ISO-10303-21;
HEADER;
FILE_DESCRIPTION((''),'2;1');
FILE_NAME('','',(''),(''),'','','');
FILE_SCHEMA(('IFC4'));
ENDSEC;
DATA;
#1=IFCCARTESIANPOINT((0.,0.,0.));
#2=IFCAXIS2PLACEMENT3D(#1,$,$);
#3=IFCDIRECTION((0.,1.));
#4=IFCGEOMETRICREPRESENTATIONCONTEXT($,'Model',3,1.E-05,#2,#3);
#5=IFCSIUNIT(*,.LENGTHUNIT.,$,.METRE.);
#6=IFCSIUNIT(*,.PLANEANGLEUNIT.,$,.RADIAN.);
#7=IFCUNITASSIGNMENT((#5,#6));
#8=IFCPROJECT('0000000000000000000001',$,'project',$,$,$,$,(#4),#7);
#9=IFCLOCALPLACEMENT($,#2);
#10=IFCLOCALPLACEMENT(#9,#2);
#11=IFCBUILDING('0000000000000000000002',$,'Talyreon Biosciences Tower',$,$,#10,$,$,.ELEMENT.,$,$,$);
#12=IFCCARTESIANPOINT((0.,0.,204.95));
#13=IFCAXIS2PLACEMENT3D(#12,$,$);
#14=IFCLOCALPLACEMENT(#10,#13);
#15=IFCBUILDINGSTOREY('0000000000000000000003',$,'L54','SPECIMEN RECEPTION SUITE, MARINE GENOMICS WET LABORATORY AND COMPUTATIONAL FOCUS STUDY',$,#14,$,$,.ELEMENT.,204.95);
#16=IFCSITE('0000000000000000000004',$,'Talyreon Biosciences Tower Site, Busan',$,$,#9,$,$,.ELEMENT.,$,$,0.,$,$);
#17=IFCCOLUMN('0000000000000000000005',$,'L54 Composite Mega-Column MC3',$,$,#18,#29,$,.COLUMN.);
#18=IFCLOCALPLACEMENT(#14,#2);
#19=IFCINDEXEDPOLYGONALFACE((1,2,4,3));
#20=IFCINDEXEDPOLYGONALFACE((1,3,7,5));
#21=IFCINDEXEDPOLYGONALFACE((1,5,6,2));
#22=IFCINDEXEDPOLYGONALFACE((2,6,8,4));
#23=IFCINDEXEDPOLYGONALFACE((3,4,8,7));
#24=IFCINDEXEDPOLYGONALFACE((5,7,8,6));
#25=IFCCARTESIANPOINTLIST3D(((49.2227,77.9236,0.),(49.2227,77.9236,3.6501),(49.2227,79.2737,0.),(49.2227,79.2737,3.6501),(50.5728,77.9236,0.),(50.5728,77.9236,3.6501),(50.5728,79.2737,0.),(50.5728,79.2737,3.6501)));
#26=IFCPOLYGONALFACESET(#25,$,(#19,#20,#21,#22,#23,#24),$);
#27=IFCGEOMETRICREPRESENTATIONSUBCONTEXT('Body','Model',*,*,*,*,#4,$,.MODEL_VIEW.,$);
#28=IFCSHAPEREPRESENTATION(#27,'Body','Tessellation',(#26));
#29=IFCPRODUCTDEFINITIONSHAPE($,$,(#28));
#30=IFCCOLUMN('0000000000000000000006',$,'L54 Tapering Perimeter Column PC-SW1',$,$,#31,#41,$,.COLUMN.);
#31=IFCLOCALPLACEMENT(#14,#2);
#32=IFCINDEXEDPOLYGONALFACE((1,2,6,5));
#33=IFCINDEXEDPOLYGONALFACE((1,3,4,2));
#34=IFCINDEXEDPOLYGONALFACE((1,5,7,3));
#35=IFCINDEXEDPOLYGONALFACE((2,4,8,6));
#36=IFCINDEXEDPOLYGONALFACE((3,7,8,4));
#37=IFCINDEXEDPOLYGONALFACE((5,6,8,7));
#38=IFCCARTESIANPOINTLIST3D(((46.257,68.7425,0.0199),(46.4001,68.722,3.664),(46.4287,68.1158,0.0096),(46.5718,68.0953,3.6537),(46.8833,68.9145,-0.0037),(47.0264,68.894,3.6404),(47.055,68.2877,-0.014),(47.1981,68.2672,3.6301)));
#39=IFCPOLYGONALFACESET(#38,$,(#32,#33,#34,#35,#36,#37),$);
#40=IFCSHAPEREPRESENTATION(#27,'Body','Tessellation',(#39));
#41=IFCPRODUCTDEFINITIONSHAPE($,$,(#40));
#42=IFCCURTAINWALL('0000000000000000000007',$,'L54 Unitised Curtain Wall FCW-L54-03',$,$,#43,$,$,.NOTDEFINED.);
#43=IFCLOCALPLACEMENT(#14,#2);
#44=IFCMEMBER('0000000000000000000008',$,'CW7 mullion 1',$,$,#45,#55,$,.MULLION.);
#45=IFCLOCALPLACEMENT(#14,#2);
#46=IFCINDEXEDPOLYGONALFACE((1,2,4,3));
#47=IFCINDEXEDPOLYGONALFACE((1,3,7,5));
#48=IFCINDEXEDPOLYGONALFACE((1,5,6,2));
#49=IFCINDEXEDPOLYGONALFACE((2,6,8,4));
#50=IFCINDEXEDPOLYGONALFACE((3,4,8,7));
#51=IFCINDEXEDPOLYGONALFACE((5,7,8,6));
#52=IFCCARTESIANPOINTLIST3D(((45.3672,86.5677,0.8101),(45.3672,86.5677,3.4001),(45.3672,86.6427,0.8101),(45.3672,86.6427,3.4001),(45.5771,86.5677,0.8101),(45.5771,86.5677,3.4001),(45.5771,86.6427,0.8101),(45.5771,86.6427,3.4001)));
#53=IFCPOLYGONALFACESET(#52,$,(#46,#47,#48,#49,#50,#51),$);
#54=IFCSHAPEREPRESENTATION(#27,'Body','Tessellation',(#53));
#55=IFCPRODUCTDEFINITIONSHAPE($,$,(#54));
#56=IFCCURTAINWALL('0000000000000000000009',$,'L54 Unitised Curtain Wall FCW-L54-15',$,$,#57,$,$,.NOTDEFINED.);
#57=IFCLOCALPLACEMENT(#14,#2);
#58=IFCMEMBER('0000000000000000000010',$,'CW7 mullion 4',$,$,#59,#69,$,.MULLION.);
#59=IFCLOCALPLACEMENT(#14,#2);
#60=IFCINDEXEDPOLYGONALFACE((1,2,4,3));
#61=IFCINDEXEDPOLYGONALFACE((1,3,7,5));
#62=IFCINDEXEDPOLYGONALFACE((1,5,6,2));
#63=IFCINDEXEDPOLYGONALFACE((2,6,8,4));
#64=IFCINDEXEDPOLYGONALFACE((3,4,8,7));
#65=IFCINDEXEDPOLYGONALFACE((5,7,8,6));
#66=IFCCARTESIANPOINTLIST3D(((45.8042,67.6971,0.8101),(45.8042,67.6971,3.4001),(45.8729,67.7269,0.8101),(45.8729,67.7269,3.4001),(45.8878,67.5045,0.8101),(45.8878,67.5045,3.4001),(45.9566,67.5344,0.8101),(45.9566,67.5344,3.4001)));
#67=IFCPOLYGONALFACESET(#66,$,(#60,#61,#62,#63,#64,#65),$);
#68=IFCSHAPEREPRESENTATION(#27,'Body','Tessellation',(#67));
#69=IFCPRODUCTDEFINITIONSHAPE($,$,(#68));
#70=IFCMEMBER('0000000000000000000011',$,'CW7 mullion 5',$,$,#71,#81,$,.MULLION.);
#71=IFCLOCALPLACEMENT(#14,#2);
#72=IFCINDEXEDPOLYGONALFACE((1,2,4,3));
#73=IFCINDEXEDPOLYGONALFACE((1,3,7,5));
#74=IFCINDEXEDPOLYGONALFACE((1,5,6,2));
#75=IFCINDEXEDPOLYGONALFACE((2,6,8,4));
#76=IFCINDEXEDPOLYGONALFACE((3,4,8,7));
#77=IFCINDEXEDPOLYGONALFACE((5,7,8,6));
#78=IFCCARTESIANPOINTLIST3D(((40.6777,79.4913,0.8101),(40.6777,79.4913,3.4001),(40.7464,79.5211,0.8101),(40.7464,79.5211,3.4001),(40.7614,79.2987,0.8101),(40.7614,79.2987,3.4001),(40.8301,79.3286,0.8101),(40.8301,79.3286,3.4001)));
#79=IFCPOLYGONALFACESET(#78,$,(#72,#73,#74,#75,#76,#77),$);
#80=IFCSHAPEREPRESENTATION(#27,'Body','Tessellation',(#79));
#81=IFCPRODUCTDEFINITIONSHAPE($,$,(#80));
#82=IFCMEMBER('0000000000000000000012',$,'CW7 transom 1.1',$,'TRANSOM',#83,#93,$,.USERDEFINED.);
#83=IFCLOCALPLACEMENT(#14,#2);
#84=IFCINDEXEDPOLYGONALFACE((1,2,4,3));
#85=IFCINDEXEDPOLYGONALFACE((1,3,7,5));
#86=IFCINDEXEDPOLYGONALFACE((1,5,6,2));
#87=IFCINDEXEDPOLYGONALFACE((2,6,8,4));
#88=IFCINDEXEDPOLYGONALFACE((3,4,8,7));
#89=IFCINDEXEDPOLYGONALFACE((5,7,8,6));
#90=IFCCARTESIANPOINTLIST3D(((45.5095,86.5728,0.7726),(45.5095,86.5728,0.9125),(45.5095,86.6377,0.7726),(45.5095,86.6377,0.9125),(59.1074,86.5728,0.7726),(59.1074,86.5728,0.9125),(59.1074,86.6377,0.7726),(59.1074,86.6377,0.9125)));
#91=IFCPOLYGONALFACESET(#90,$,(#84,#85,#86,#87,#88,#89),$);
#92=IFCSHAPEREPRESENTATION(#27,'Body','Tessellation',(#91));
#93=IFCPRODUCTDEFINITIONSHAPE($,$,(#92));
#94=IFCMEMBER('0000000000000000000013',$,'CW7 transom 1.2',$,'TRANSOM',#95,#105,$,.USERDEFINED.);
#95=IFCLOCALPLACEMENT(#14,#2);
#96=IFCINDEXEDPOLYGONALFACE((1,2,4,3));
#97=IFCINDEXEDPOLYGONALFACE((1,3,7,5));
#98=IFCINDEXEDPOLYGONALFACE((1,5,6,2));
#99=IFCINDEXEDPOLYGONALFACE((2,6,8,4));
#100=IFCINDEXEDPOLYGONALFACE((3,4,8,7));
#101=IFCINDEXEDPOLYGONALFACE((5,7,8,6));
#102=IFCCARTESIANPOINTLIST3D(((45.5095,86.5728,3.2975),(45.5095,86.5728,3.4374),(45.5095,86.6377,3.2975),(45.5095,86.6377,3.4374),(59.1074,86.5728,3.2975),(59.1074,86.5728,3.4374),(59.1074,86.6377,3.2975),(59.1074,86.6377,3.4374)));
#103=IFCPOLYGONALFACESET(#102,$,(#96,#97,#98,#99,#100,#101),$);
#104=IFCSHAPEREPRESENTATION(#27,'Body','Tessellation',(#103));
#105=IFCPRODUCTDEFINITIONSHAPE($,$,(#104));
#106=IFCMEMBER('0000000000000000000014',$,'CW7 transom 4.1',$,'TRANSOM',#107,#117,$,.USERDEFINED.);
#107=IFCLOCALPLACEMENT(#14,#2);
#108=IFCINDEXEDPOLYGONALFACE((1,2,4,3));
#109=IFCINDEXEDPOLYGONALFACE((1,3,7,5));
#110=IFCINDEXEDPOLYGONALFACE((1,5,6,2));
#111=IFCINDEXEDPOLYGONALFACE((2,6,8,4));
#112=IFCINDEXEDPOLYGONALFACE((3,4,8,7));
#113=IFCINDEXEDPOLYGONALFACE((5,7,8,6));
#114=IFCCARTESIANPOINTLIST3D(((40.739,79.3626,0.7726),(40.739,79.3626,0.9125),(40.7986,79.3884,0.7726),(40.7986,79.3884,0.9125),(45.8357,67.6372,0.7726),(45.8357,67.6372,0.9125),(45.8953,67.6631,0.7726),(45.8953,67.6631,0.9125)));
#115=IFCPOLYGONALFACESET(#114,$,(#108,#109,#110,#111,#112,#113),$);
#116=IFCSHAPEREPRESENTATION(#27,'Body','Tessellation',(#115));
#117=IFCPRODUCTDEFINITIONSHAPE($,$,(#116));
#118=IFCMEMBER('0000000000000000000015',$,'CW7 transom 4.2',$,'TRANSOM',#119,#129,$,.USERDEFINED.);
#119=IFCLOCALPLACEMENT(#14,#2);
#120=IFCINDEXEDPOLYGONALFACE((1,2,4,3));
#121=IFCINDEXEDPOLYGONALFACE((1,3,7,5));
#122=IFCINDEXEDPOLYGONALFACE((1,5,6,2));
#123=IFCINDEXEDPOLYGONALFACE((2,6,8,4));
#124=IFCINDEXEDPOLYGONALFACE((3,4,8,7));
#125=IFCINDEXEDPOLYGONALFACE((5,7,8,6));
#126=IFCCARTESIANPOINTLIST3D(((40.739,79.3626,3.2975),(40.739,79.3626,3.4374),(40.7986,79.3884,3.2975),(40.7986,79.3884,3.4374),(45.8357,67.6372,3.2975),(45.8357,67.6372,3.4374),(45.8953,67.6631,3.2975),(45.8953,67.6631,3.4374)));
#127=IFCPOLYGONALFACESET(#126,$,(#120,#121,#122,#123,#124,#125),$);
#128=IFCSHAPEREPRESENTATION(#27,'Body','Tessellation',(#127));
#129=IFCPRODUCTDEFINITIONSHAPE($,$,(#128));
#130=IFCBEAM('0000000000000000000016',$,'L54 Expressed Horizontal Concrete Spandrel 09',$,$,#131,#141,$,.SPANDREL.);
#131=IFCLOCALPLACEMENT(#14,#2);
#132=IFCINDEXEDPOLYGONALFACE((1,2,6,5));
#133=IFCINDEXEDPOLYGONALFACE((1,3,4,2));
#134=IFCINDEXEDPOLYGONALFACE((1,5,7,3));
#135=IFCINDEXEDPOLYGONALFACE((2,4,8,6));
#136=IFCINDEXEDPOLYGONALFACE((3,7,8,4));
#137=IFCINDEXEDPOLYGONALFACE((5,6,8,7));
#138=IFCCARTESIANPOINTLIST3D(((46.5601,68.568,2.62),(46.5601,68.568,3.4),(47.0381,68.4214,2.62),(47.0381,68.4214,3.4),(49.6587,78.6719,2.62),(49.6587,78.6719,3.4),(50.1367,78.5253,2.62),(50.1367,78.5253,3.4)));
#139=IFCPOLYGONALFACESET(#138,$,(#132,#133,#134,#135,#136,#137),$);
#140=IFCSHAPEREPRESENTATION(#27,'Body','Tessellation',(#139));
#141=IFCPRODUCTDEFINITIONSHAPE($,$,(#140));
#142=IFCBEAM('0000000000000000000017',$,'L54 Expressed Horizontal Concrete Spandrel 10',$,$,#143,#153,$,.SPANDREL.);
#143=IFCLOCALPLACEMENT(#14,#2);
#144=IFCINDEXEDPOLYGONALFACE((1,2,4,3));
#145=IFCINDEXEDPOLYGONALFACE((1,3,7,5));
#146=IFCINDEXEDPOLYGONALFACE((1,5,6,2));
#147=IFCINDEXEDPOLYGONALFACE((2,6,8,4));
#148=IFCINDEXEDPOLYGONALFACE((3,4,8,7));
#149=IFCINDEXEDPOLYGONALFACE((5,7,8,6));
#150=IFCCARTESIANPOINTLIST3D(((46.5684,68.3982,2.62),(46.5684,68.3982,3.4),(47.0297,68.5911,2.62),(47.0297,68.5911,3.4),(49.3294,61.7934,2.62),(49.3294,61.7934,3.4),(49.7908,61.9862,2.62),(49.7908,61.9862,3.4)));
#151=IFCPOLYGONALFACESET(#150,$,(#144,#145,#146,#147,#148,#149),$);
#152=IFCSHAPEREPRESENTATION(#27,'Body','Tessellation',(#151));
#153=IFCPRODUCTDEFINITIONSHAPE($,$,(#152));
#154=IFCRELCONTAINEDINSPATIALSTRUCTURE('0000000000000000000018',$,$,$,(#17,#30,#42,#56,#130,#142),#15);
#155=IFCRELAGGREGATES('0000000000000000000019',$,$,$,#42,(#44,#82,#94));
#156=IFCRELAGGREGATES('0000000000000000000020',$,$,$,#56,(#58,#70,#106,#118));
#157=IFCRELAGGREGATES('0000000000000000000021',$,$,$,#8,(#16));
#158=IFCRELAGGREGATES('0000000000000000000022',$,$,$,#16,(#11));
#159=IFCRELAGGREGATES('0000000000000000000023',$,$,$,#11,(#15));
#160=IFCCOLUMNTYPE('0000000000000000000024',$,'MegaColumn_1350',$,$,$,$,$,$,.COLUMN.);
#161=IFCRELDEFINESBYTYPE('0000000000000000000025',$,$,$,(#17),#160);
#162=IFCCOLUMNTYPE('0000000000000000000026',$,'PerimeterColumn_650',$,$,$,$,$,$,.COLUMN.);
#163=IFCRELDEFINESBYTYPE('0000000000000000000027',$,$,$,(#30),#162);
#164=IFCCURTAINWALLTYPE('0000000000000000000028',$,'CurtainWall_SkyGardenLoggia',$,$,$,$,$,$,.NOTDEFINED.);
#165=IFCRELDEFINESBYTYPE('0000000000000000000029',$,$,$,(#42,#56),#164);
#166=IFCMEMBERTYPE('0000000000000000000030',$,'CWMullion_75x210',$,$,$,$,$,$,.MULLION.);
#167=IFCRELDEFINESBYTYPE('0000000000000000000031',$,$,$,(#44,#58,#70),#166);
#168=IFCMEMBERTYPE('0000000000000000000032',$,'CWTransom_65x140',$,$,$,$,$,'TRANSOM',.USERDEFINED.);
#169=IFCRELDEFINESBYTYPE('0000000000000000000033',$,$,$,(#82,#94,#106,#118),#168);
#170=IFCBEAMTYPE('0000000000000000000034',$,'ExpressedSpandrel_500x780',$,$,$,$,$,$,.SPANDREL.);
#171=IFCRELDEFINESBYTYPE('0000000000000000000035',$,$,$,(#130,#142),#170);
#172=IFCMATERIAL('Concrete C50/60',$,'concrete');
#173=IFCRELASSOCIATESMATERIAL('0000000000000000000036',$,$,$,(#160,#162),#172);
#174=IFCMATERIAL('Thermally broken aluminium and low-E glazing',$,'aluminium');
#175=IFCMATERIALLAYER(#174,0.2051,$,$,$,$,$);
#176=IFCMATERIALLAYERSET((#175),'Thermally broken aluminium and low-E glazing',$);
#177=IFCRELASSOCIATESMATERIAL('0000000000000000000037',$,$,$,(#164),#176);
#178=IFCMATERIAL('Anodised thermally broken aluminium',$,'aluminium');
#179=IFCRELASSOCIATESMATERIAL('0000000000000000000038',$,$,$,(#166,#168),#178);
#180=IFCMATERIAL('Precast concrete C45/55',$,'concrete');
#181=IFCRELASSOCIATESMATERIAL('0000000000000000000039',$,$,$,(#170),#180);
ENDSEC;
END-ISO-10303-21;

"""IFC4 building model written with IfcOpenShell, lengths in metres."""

from ifc_helpers import new_model, si_unit, direction, frame, origin, origin_2d, place, context, subcontext, project, spatial, rectangle, extrude, material, layer, layer_set, material_profile, profile_set, type_object, element, aggregate, save


model = new_model("IFC4")

# Units and contexts
model_context = context("Model", 3, precision=1e-05, world=origin(), true_north=direction((0.0, 1.0)))
body_context = subcontext(model_context, "Body", "Model", "MODEL_VIEW")
ifc_project = project(units=[si_unit("LENGTHUNIT", "METRE"), si_unit("PLANEANGLEUNIT", "RADIAN")], contexts=[model_context])

# Site, building, storey
site_placement = place(None, origin())
site = spatial("IfcSite", under=ifc_project, at=site_placement, Name="Talyreon Biosciences Tower Site, Busan", CompositionType="ELEMENT", RefElevation=0.0)
building_placement = place(site_placement, origin())
building = spatial("IfcBuilding", under=site, at=building_placement, Name="Talyreon Biosciences Tower", CompositionType="ELEMENT")
storey_placement = place(building_placement, frame((0.0, 0.0, 204.95)))
storey = spatial("IfcBuildingStorey", under=building, at=storey_placement, Name="L54", Description="SPECIMEN RECEPTION SUITE, MARINE GENOMICS WET LABORATORY AND COMPUTATIONAL FOCUS STUDY", CompositionType="ELEMENT", Elevation=204.95)

# Columns
ifc_material_1 = material(Name="Concrete C50/60", Category="concrete")
ifc_material_profile_1 = material_profile(ifc_material_1, rectangle(XDim=1.3501, YDim=1.3501, at=origin_2d()), Name="RC 1350x1350")
ifc_profile_set_1 = profile_set([ifc_material_profile_1], Name="Concrete C50/60")
column_type_1 = type_object("IfcColumnType", Name="MegaColumn_1350", PredefinedType="COLUMN", material=ifc_profile_set_1)
column_1_placement = place(storey_placement, frame((49.8977, 78.5986, 0.0), z_axis=(0.0, 0.0, 1.0), x_axis=(1.0, 0.0, 0.0)))
element("IfcColumn", 1, at=column_1_placement, inside=storey, type_object=column_type_1, Name="L54 Composite Mega-Column MC3", PredefinedType="COLUMN", context=body_context, shape_type="SweptSolid", body=[
    extrude(rectangle(XDim=1.3501, YDim=1.3501, at=origin_2d()), origin(), (0.0, 0.0, 1.0), 3.6501),
])
ifc_material_profile_2 = material_profile(ifc_material_1, rectangle(XDim=0.6499, YDim=0.6499, at=origin_2d()), Name="RC 650x650")
ifc_profile_set_2 = profile_set([ifc_material_profile_2], Name="Concrete C50/60")
column_type_2 = type_object("IfcColumnType", Name="PerimeterColumn_650", PredefinedType="COLUMN", material=ifc_profile_set_2)
column_2_placement = place(storey_placement, frame((46.656, 68.5151, 0.0029), z_axis=(0.03923, -0.005623, 0.999214), x_axis=(0.963685, 0.264556, -0.036346)))
element("IfcColumn", 2, at=column_2_placement, inside=storey, type_object=column_type_2, Name="L54 Tapering Perimeter Column PC-SW1", PredefinedType="COLUMN", context=body_context, shape_type="SweptSolid", body=[
    extrude(rectangle(XDim=0.6499, YDim=0.6499, at=origin_2d()), origin(), (0.0, 0.0, 1.0), 3.647),
])

# Curtain wall, member
ifc_material_2 = material(Name="Thermally broken aluminium and low-E glazing", Category="aluminium")
ifc_layer_1 = layer(ifc_material_2, 0.2051)
ifc_layer_set_1 = layer_set([ifc_layer_1], Name="Thermally broken aluminium and low-E glazing")
curtain_wall_type = type_object("IfcCurtainWallType", Name="CurtainWall_SkyGardenLoggia", PredefinedType="NOTDEFINED", material=ifc_layer_set_1)
curtain_wall_1_placement = place(storey_placement, origin())
curtain_wall_1 = element("IfcCurtainWall", 3, at=curtain_wall_1_placement, inside=storey, type_object=curtain_wall_type, Name="L54 Unitised Curtain Wall FCW-L54-03", PredefinedType="NOTDEFINED")
ifc_material_3 = material(Name="Anodised thermally broken aluminium", Category="aluminium")
ifc_material_profile_3 = material_profile(ifc_material_3, rectangle(XDim=0.075, YDim=0.21, at=origin_2d()), Name="ALUM MULLION 75x210")
ifc_profile_set_3 = profile_set([ifc_material_profile_3], Name="Anodised thermally broken aluminium")
member_type_1 = type_object("IfcMemberType", Name="CWMullion_75x210", PredefinedType="MULLION", material=ifc_profile_set_3)
member_1_placement = place(storey_placement, frame((45.4722, 86.6052, 0.8101), z_axis=(0.0, 0.0, 1.0), x_axis=(0.0, 1.0, 0.0)))
member_1 = element("IfcMember", 4, at=member_1_placement, type_object=member_type_1, Name="CW7 mullion 1", PredefinedType="MULLION", context=body_context, shape_type="SweptSolid", body=[
    extrude(rectangle(XDim=0.075, YDim=0.21, at=origin_2d()), origin(), (0.0, 0.0, 1.0), 2.5901),
])

# Curtain wall, members
curtain_wall_2_placement = place(storey_placement, origin())
curtain_wall_2 = element("IfcCurtainWall", 5, at=curtain_wall_2_placement, inside=storey, type_object=curtain_wall_type, Name="L54 Unitised Curtain Wall FCW-L54-15", PredefinedType="NOTDEFINED")
member_2_placement = place(storey_placement, frame((45.8804, 67.6157, 0.8101), z_axis=(0.0, 0.0, 1.0), x_axis=(-0.917113, -0.398626, 0.0)))
member_2 = element("IfcMember", 6, at=member_2_placement, type_object=member_type_1, Name="CW7 mullion 4", PredefinedType="MULLION", context=body_context, shape_type="SweptSolid", body=[
    extrude(rectangle(XDim=0.075, YDim=0.21, at=origin_2d()), origin(), (0.0, 0.0, 1.0), 2.5901),
])
member_3_placement = place(storey_placement, frame((40.7539, 79.4099, 0.8101), z_axis=(0.0, 0.0, 1.0), x_axis=(-0.917113, -0.398626, 0.0)))
member_3 = element("IfcMember", 7, at=member_3_placement, type_object=member_type_1, Name="CW7 mullion 5", PredefinedType="MULLION", context=body_context, shape_type="SweptSolid", body=[
    extrude(rectangle(XDim=0.075, YDim=0.21, at=origin_2d()), origin(), (0.0, 0.0, 1.0), 2.5901),
])

# Members
ifc_material_profile_4 = material_profile(ifc_material_3, rectangle(XDim=0.0649, YDim=0.1399, at=origin_2d()), Name="ALUM TRANSOM 65x140")
ifc_profile_set_4 = profile_set([ifc_material_profile_4], Name="Anodised thermally broken aluminium")
member_type_2 = type_object("IfcMemberType", Name="CWTransom_65x140", ElementType="TRANSOM", PredefinedType="USERDEFINED", material=ifc_profile_set_4)
member_4_placement = place(storey_placement, frame((45.5095, 86.6052, 0.8425), z_axis=(1.0, 0.0, 0.0), x_axis=(0.0, 1.0, 0.0)))
member_4 = element("IfcMember", 8, at=member_4_placement, type_object=member_type_2, Name="CW7 transom 1.1", ObjectType="TRANSOM", PredefinedType="USERDEFINED", context=body_context, shape_type="SweptSolid", body=[
    extrude(rectangle(XDim=0.0649, YDim=0.1399, at=origin_2d()), origin(), (0.0, 0.0, 1.0), 13.5979),
])
member_5_placement = place(storey_placement, frame((45.5095, 86.6052, 3.3674), z_axis=(1.0, 0.0, 0.0), x_axis=(0.0, 1.0, 0.0)))
member_5 = element("IfcMember", 9, at=member_5_placement, type_object=member_type_2, Name="CW7 transom 1.2", ObjectType="TRANSOM", PredefinedType="USERDEFINED", context=body_context, shape_type="SweptSolid", body=[
    extrude(rectangle(XDim=0.0649, YDim=0.1399, at=origin_2d()), origin(), (0.0, 0.0, 1.0), 13.5979),
])
member_6_placement = place(storey_placement, frame((45.8655, 67.6501, 0.8425), z_axis=(-0.398641, 0.917107, 0.0), x_axis=(-0.917107, -0.398641, 0.0)))
member_6 = element("IfcMember", 10, at=member_6_placement, type_object=member_type_2, Name="CW7 transom 4.1", ObjectType="TRANSOM", PredefinedType="USERDEFINED", context=body_context, shape_type="SweptSolid", body=[
    extrude(rectangle(XDim=0.0649, YDim=0.1399, at=origin_2d()), origin(), (0.0, 0.0, 1.0), 12.7852),
])
member_7_placement = place(storey_placement, frame((45.8655, 67.6501, 3.3674), z_axis=(-0.398641, 0.917107, 0.0), x_axis=(-0.917107, -0.398641, 0.0)))
member_7 = element("IfcMember", 11, at=member_7_placement, type_object=member_type_2, Name="CW7 transom 4.2", ObjectType="TRANSOM", PredefinedType="USERDEFINED", context=body_context, shape_type="SweptSolid", body=[
    extrude(rectangle(XDim=0.0649, YDim=0.1399, at=origin_2d()), origin(), (0.0, 0.0, 1.0), 12.7852),
])

# Beams
ifc_material_4 = material(Name="Precast concrete C45/55", Category="concrete")
ifc_material_profile_5 = material_profile(ifc_material_4, rectangle(XDim=0.5, YDim=0.78, at=origin_2d()), Name="RCB 500x780")
ifc_profile_set_5 = profile_set([ifc_material_profile_5], Name="Precast concrete C45/55")
beam_type_1 = type_object("IfcBeamType", Name="ExpressedSpandrel_500x780", PredefinedType="SPANDREL", material=ifc_profile_set_5)
beam_1_placement = place(storey_placement, frame((49.8977, 78.5986, 3.01), z_axis=(-0.293196, -0.956052, 0.0), x_axis=(0.956052, -0.293196, 0.0)))
element("IfcBeam", 12, at=beam_1_placement, inside=storey, type_object=beam_type_1, Name="L54 Expressed Horizontal Concrete Spandrel 09", PredefinedType="SPANDREL", context=body_context, shape_type="SweptSolid", body=[
    extrude(rectangle(XDim=0.5, YDim=0.78, at=origin_2d()), origin(), (0.0, 0.0, 1.0), 10.5684),
])
beam_2_placement = place(storey_placement, frame((46.7991, 68.4946, 3.01), z_axis=(0.385688, -0.922629, 0.0), x_axis=(0.922629, 0.385688, 0.0)))
element("IfcBeam", 13, at=beam_2_placement, inside=storey, type_object=beam_type_1, Name="L54 Expressed Horizontal Concrete Spandrel 10", PredefinedType="SPANDREL", context=body_context, shape_type="SweptSolid", body=[
    extrude(rectangle(XDim=0.5, YDim=0.78, at=origin_2d()), origin(), (0.0, 0.0, 1.0), 7.1587),
])

aggregate(curtain_wall_1, [member_1, member_4, member_5])
aggregate(curtain_wall_2, [member_2, member_3, member_6, member_7])

save(model, "model.ifc")
